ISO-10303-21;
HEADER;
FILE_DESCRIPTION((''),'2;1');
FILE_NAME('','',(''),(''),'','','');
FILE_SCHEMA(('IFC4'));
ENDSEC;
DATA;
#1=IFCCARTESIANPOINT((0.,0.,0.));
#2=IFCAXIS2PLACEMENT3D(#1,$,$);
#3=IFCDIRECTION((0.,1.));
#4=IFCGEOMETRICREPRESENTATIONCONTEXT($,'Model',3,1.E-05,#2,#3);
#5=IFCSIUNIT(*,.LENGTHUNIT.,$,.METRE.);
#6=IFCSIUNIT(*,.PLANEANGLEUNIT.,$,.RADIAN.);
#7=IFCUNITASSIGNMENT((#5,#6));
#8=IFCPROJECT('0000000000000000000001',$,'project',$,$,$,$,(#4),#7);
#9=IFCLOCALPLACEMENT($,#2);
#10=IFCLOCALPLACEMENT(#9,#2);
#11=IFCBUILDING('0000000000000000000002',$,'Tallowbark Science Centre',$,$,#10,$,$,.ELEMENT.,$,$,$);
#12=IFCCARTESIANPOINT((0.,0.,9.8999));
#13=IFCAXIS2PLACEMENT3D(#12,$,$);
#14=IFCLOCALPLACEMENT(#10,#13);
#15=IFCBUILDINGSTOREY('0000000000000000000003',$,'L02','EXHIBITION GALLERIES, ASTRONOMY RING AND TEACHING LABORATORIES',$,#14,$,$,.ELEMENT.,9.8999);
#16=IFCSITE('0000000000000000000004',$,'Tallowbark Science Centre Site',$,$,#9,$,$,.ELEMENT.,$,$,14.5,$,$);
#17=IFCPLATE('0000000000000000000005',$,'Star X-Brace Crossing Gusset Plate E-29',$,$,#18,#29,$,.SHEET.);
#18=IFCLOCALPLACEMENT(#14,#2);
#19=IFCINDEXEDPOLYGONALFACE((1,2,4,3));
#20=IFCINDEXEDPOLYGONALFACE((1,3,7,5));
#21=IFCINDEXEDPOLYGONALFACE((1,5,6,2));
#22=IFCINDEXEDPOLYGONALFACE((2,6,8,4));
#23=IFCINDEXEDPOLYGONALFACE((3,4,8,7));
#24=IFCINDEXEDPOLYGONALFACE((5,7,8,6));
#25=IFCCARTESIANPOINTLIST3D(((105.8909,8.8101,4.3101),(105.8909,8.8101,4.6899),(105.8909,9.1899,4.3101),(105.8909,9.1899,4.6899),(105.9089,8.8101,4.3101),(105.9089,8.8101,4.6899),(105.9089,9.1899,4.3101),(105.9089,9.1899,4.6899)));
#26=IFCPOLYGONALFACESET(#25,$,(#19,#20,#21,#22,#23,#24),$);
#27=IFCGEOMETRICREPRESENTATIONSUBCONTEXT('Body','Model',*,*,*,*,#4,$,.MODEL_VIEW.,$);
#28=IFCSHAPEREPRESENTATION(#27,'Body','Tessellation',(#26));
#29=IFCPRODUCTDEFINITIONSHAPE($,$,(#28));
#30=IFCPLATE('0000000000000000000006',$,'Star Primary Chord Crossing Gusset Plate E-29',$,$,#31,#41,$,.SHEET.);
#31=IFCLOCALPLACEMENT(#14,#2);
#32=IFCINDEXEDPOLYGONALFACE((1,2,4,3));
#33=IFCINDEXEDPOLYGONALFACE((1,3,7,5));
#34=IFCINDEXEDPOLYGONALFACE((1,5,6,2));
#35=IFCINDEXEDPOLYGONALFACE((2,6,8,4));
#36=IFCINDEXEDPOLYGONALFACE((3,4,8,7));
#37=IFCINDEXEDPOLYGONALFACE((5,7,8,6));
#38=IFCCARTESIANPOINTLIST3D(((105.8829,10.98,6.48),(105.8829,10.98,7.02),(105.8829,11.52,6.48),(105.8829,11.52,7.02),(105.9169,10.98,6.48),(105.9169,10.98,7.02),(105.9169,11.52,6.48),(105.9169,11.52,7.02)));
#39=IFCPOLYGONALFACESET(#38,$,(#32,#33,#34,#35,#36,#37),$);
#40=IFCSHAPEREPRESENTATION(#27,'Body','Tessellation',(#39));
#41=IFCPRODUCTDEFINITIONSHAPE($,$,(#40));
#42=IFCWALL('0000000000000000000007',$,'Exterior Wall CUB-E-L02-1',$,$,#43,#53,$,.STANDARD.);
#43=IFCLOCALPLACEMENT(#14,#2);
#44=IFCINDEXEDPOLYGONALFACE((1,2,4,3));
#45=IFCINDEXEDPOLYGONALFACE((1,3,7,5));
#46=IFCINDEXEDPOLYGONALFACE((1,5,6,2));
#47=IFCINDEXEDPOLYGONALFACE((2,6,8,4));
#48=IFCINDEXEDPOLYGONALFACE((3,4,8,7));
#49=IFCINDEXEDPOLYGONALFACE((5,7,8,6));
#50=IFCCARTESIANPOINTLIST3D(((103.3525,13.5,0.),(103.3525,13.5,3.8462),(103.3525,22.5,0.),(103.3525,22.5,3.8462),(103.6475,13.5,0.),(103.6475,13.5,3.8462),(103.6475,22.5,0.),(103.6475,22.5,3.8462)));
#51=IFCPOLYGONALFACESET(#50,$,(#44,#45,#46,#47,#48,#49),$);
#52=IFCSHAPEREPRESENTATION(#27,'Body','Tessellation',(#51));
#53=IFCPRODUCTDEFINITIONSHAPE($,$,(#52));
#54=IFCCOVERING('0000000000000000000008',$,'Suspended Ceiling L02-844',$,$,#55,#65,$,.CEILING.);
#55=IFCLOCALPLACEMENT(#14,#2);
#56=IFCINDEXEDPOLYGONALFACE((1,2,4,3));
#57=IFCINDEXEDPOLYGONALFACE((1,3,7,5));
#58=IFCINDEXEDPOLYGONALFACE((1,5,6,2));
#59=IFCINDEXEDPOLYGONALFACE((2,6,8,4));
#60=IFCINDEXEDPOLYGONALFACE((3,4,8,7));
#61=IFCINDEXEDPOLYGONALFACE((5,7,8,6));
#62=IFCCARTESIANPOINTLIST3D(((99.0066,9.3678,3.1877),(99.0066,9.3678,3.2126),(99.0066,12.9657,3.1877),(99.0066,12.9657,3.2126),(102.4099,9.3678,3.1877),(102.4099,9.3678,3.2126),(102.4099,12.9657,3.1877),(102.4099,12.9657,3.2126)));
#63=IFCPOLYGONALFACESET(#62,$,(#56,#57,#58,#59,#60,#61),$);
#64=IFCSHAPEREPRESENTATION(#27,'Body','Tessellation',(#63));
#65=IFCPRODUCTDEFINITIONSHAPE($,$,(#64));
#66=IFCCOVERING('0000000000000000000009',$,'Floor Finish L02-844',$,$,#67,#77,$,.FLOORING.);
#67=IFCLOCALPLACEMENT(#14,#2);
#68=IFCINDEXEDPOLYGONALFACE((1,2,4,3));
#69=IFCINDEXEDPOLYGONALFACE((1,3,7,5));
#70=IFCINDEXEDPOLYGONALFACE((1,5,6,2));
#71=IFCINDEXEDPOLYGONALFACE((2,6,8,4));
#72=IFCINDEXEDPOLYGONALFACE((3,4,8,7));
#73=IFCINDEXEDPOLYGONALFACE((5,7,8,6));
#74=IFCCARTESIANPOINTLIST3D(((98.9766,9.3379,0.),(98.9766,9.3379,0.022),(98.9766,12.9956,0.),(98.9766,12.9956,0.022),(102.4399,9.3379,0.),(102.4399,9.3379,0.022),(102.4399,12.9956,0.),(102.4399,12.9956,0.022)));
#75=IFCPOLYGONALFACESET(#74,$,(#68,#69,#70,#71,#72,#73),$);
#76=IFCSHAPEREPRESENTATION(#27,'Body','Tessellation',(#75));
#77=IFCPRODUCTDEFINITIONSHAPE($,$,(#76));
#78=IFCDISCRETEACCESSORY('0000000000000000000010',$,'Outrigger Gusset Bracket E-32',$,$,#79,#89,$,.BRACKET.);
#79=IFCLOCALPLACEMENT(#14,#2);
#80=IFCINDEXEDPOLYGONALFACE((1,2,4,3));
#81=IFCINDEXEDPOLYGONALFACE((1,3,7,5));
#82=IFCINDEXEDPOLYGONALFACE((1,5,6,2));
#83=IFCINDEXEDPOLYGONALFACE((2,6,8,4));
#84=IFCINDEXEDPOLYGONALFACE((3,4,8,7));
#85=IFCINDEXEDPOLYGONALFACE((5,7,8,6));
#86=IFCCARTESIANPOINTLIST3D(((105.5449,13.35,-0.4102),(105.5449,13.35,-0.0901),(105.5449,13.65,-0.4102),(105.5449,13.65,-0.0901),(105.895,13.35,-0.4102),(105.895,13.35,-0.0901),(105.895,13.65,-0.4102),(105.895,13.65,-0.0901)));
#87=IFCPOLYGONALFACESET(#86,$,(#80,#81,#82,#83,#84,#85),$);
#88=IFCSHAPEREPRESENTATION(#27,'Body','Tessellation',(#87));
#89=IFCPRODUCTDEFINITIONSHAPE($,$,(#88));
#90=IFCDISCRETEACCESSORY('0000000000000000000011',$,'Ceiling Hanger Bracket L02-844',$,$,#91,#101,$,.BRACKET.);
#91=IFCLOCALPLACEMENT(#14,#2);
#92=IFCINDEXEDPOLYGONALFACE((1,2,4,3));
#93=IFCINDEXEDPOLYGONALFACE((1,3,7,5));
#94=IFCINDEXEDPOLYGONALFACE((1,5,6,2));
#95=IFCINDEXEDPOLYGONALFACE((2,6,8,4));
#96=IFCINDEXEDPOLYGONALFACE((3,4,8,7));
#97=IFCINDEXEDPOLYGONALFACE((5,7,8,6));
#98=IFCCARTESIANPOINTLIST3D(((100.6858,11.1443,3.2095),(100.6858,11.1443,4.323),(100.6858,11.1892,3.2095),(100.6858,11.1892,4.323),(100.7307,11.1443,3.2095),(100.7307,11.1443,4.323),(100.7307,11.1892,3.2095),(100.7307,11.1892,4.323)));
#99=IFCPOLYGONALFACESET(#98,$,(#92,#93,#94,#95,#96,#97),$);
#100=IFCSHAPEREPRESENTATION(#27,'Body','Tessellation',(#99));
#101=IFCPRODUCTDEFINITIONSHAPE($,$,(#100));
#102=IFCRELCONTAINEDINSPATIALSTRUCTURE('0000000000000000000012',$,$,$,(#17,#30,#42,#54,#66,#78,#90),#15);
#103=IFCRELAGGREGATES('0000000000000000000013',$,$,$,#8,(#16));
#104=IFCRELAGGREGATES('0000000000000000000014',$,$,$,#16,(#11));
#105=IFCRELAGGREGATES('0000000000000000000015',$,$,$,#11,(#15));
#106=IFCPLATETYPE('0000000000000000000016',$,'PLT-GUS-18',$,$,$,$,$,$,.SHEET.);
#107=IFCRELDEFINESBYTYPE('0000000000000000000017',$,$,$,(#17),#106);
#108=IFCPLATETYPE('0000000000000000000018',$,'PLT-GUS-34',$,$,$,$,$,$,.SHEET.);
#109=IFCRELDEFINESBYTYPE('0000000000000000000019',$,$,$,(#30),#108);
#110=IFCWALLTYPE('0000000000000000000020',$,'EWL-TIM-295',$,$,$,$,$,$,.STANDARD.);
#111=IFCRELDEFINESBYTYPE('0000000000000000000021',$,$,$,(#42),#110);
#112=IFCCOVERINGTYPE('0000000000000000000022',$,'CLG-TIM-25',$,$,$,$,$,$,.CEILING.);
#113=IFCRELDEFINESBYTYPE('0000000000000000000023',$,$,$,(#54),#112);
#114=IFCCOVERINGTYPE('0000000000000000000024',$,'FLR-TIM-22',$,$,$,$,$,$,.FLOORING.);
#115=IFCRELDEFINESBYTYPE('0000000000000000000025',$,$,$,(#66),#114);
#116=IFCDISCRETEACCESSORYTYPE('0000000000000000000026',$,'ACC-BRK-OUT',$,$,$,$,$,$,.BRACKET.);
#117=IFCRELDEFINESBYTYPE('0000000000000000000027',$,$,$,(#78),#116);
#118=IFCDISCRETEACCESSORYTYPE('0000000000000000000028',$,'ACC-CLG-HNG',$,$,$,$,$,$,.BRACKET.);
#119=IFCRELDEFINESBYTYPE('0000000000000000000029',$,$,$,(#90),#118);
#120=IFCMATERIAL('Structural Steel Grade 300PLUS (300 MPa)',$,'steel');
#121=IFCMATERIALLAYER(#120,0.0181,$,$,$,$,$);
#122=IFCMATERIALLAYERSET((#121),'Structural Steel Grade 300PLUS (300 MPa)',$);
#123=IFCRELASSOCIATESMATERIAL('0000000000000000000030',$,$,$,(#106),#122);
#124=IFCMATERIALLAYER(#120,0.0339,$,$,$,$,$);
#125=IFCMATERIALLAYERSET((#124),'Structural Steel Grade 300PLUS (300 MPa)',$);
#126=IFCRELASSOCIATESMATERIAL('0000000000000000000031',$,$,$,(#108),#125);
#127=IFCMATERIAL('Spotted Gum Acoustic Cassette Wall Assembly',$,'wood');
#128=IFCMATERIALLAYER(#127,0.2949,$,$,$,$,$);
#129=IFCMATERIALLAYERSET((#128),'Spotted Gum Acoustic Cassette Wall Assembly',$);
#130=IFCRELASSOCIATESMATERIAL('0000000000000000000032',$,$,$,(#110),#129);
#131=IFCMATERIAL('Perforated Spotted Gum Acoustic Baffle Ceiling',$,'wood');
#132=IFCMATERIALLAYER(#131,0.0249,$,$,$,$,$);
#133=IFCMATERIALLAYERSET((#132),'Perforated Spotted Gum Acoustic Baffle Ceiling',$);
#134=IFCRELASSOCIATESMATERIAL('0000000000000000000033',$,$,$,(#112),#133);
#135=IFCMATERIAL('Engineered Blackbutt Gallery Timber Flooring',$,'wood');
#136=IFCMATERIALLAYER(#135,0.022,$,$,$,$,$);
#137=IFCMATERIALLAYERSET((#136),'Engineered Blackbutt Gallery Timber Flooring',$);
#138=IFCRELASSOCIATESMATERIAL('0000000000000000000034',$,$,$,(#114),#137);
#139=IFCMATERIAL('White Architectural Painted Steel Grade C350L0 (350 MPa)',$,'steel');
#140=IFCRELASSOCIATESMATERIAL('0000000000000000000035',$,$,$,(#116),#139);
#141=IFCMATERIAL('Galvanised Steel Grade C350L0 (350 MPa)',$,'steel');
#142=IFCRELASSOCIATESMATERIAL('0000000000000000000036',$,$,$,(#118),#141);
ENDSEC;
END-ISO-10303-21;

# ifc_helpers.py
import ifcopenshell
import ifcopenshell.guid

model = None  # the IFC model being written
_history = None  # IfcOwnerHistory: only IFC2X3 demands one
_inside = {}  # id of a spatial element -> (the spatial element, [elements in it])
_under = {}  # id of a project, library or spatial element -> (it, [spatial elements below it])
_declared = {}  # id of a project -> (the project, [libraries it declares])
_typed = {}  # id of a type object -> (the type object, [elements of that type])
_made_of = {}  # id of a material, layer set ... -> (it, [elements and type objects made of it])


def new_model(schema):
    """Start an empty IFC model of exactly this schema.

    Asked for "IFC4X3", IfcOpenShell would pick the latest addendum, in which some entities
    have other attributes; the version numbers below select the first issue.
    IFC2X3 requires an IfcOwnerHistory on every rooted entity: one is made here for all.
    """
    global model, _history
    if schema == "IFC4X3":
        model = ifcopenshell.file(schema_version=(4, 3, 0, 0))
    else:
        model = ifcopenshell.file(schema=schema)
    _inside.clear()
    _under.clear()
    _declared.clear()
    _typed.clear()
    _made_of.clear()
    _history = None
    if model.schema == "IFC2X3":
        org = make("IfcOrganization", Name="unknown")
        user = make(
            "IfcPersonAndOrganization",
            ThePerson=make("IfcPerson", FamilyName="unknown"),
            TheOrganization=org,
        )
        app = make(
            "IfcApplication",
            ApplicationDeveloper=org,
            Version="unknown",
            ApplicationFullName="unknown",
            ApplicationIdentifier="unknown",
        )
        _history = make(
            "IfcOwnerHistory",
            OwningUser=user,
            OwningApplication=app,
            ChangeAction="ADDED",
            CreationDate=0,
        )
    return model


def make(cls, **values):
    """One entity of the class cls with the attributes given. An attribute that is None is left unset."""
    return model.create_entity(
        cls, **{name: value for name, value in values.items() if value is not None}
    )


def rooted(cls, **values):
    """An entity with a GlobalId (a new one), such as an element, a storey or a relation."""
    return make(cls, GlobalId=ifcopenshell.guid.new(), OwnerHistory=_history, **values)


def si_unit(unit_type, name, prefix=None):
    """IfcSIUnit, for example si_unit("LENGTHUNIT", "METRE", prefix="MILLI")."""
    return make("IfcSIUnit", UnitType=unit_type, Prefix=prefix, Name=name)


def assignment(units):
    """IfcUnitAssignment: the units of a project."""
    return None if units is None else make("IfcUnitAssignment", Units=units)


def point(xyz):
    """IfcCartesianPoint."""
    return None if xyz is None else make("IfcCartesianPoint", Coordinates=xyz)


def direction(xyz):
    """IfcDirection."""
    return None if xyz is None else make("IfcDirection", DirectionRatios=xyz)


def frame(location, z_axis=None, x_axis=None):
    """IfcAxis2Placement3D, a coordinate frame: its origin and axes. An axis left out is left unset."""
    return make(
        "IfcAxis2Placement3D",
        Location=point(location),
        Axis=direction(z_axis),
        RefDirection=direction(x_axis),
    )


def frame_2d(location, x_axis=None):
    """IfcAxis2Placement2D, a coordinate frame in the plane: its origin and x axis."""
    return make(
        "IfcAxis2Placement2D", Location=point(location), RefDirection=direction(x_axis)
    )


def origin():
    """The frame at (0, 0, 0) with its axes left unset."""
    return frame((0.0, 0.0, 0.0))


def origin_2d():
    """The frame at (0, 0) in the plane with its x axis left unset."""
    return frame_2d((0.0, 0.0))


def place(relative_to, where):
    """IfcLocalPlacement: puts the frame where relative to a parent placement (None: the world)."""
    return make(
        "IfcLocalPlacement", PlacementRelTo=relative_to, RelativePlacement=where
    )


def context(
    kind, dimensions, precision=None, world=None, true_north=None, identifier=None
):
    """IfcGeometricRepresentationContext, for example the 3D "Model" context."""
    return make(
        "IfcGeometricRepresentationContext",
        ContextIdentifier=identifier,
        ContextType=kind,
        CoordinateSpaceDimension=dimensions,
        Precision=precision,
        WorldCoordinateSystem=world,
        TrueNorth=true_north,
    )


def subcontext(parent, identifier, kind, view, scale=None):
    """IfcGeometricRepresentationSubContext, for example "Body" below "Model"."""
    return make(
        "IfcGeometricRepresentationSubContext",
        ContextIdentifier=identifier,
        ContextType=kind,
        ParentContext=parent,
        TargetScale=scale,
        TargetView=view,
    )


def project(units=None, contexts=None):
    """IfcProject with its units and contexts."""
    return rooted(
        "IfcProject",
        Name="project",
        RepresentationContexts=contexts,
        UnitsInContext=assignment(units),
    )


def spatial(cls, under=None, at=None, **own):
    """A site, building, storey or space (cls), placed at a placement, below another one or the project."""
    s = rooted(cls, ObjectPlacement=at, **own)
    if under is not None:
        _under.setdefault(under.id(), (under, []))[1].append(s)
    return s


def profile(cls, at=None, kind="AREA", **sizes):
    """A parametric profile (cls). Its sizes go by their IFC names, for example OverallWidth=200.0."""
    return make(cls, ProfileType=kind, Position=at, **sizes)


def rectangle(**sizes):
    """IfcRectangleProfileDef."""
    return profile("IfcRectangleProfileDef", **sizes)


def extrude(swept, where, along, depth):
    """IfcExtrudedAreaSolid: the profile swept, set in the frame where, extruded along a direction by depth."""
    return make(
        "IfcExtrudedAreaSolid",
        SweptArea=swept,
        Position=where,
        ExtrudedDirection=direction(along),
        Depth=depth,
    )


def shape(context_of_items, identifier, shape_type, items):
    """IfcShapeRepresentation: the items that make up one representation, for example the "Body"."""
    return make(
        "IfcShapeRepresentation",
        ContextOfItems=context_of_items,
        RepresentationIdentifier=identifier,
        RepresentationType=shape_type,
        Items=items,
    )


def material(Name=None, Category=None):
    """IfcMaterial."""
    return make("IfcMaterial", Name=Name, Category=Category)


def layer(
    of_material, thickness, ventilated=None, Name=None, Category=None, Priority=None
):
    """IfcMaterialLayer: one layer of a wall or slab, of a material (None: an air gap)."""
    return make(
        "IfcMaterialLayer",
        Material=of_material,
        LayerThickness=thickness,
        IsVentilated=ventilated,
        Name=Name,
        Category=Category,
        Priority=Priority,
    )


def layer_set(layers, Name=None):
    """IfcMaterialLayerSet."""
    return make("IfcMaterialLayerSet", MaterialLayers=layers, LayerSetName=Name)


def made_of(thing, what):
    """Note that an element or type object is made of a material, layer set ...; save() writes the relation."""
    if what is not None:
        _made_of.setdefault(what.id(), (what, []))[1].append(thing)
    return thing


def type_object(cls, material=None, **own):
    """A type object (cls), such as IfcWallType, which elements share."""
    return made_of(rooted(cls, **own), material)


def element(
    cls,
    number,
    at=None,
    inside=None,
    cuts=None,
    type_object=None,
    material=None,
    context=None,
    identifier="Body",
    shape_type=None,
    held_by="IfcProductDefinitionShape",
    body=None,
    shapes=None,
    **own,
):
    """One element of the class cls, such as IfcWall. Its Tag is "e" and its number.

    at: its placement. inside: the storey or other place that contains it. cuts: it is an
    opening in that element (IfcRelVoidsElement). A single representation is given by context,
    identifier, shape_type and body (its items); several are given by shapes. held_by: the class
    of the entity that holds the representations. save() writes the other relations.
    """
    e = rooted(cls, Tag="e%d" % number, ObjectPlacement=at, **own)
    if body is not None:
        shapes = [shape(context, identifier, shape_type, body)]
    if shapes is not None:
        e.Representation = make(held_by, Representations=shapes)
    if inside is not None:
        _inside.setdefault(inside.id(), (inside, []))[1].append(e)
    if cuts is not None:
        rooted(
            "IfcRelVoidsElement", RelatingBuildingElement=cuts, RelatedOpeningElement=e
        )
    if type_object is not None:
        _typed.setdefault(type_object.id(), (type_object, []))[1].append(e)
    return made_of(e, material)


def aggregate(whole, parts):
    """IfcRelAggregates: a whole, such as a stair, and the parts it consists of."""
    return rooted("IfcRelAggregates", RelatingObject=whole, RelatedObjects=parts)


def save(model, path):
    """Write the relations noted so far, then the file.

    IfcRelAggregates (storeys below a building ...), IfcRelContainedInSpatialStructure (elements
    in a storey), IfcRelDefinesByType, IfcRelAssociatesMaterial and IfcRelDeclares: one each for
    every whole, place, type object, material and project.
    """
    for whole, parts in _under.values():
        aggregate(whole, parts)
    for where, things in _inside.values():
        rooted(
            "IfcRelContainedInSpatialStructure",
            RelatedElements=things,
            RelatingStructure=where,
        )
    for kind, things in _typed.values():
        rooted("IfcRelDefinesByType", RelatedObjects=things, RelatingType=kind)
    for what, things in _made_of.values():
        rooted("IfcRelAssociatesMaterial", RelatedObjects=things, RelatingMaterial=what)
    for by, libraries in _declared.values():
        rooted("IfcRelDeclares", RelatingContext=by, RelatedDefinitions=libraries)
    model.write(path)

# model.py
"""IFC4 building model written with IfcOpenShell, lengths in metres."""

from ifc_helpers import new_model, si_unit, direction, frame, frame_2d, origin, origin_2d, place, context, subcontext, project, spatial, rectangle, extrude, material, layer, layer_set, type_object, element, save


model = new_model("IFC4")

# Units and contexts
model_context = context("Model", 3, precision=1e-05, world=origin(), true_north=direction((0.0, 1.0)))
body_context = subcontext(model_context, "Body", "Model", "MODEL_VIEW")
ifc_project = project(units=[si_unit("LENGTHUNIT", "METRE"), si_unit("PLANEANGLEUNIT", "RADIAN")], contexts=[model_context])

# Site, building, storey
site_placement = place(None, origin())
site = spatial("IfcSite", under=ifc_project, at=site_placement, Name="Tallowbark Science Centre Site", CompositionType="ELEMENT", RefElevation=14.5)
building_placement = place(site_placement, origin())
building = spatial("IfcBuilding", under=site, at=building_placement, Name="Tallowbark Science Centre", CompositionType="ELEMENT")
storey_placement = place(building_placement, frame((0.0, 0.0, 9.8999)))
storey = spatial("IfcBuildingStorey", under=building, at=storey_placement, Name="L02", Description="EXHIBITION GALLERIES, ASTRONOMY RING AND TEACHING LABORATORIES", CompositionType="ELEMENT", Elevation=9.8999)

# Shared definitions
ifc_material_1 = material(Name="White Architectural Painted Steel Grade C350L0 (350 MPa)", Category="steel")
ifc_material_2 = material(Name="Structural Steel Grade 300PLUS (300 MPa)", Category="steel")

# Plates
ifc_layer_1 = layer(ifc_material_2, 0.0181)
ifc_layer_set_1 = layer_set([ifc_layer_1], Name="Structural Steel Grade 300PLUS (300 MPa)")
plate_type_1 = type_object("IfcPlateType", Name="PLT-GUS-18", PredefinedType="SHEET", material=ifc_layer_set_1)
plate_1_placement = place(storey_placement, frame((105.8999, 9.0, 4.3101), z_axis=(0.0, 0.0, 1.0), x_axis=(0.0, 1.0, 0.0)))
element("IfcPlate", 1, at=plate_1_placement, inside=storey, type_object=plate_type_1, Name="Star X-Brace Crossing Gusset Plate E-29", PredefinedType="SHEET", context=body_context, shape_type="SweptSolid", body=[
    extrude(rectangle(XDim=0.3799, YDim=0.0181, at=origin_2d()), origin(), (0.0, 0.0, 1.0), 0.3799),
])
ifc_layer_2 = layer(ifc_material_2, 0.0339)
ifc_layer_set_2 = layer_set([ifc_layer_2], Name="Structural Steel Grade 300PLUS (300 MPa)")
plate_type_2 = type_object("IfcPlateType", Name="PLT-GUS-34", PredefinedType="SHEET", material=ifc_layer_set_2)
plate_2_placement = place(storey_placement, frame((105.8999, 11.25, 6.48), z_axis=(0.0, 0.0, 1.0), x_axis=(0.0, 1.0, 0.0)))
element("IfcPlate", 2, at=plate_2_placement, inside=storey, type_object=plate_type_2, Name="Star Primary Chord Crossing Gusset Plate E-29", PredefinedType="SHEET", context=body_context, shape_type="SweptSolid", body=[
    extrude(rectangle(XDim=0.54, YDim=0.0339, at=origin_2d()), origin(), (0.0, 0.0, 1.0), 0.54),
])

# Wall
ifc_material_3 = material(Name="Spotted Gum Acoustic Cassette Wall Assembly", Category="wood")
ifc_layer_3 = layer(ifc_material_3, 0.2949)
ifc_layer_set_3 = layer_set([ifc_layer_3], Name="Spotted Gum Acoustic Cassette Wall Assembly")
wall_type = type_object("IfcWallType", Name="EWL-TIM-295", PredefinedType="STANDARD", material=ifc_layer_set_3)
wall_placement = place(storey_placement, frame((103.5, 13.5, 0.0), z_axis=(0.0, 0.0, 1.0), x_axis=(0.0, 1.0, 0.0)))
element("IfcWall", 3, at=wall_placement, inside=storey, type_object=wall_type, Name="Exterior Wall CUB-E-L02-1", PredefinedType="STANDARD", context=body_context, shape_type="SweptSolid", body=[
    extrude(rectangle(XDim=9.0, YDim=0.2949, at=frame_2d((4.5, 0.0))), origin(), (0.0, 0.0, 1.0), 3.8462),
])

# Coverings
ifc_material_4 = material(Name="Perforated Spotted Gum Acoustic Baffle Ceiling", Category="wood")
ifc_layer_4 = layer(ifc_material_4, 0.0249)
ifc_layer_set_4 = layer_set([ifc_layer_4], Name="Perforated Spotted Gum Acoustic Baffle Ceiling")
covering_type_1 = type_object("IfcCoveringType", Name="CLG-TIM-25", PredefinedType="CEILING", material=ifc_layer_set_4)
covering_1_placement = place(storey_placement, frame((100.7083, 11.1667, 3.1877), z_axis=(0.0, 0.0, 1.0), x_axis=(1.0, 0.0, 0.0)))
element("IfcCovering", 4, at=covering_1_placement, inside=storey, type_object=covering_type_1, Name="Suspended Ceiling L02-844", PredefinedType="CEILING", context=body_context, shape_type="SweptSolid", body=[
    extrude(rectangle(XDim=3.4033, YDim=3.5979, at=origin_2d()), origin(), (0.0, 0.0, 1.0), 0.0249),
])
ifc_material_5 = material(Name="Engineered Blackbutt Gallery Timber Flooring", Category="wood")
ifc_layer_5 = layer(ifc_material_5, 0.022)
ifc_layer_set_5 = layer_set([ifc_layer_5], Name="Engineered Blackbutt Gallery Timber Flooring")
covering_type_2 = type_object("IfcCoveringType", Name="FLR-TIM-22", PredefinedType="FLOORING", material=ifc_layer_set_5)
covering_2_placement = place(storey_placement, frame((100.7083, 11.1667, 0.0), z_axis=(0.0, 0.0, 1.0), x_axis=(1.0, 0.0, 0.0)))
element("IfcCovering", 5, at=covering_2_placement, inside=storey, type_object=covering_type_2, Name="Floor Finish L02-844", PredefinedType="FLOORING", context=body_context, shape_type="SweptSolid", body=[
    extrude(rectangle(XDim=3.4634, YDim=3.6577, at=origin_2d()), origin(), (0.0, 0.0, 1.0), 0.022),
])

# Discrete accessories
discrete_accessory_type_1 = type_object("IfcDiscreteAccessoryType", Name="ACC-BRK-OUT", PredefinedType="BRACKET", material=ifc_material_1)
discrete_accessory_1_placement = place(storey_placement, frame((105.72, 13.5, -0.4102), z_axis=(0.0, 0.0, 1.0), x_axis=(1.0, 0.0, 0.0)))
element("IfcDiscreteAccessory", 6, at=discrete_accessory_1_placement, inside=storey, type_object=discrete_accessory_type_1, Name="Outrigger Gusset Bracket E-32", PredefinedType="BRACKET", context=body_context, shape_type="SweptSolid", body=[
    extrude(rectangle(XDim=0.3501, YDim=0.3, at=origin_2d()), origin(), (0.0, 0.0, 1.0), 0.3201),
])
ifc_material_6 = material(Name="Galvanised Steel Grade C350L0 (350 MPa)", Category="steel")
discrete_accessory_type_2 = type_object("IfcDiscreteAccessoryType", Name="ACC-CLG-HNG", PredefinedType="BRACKET", material=ifc_material_6)
discrete_accessory_2_placement = place(storey_placement, frame((100.7083, 11.1667, 3.2095), z_axis=(0.0, 0.0, 1.0), x_axis=(1.0, 0.0, 0.0)))
element("IfcDiscreteAccessory", 7, at=discrete_accessory_2_placement, inside=storey, type_object=discrete_accessory_type_2, Name="Ceiling Hanger Bracket L02-844", PredefinedType="BRACKET", context=body_context, shape_type="SweptSolid", body=[
    extrude(rectangle(XDim=0.0449, YDim=0.0449, at=origin_2d()), origin(), (0.0, 0.0, 1.0), 1.1135),
])

save(model, "model.ifc")
